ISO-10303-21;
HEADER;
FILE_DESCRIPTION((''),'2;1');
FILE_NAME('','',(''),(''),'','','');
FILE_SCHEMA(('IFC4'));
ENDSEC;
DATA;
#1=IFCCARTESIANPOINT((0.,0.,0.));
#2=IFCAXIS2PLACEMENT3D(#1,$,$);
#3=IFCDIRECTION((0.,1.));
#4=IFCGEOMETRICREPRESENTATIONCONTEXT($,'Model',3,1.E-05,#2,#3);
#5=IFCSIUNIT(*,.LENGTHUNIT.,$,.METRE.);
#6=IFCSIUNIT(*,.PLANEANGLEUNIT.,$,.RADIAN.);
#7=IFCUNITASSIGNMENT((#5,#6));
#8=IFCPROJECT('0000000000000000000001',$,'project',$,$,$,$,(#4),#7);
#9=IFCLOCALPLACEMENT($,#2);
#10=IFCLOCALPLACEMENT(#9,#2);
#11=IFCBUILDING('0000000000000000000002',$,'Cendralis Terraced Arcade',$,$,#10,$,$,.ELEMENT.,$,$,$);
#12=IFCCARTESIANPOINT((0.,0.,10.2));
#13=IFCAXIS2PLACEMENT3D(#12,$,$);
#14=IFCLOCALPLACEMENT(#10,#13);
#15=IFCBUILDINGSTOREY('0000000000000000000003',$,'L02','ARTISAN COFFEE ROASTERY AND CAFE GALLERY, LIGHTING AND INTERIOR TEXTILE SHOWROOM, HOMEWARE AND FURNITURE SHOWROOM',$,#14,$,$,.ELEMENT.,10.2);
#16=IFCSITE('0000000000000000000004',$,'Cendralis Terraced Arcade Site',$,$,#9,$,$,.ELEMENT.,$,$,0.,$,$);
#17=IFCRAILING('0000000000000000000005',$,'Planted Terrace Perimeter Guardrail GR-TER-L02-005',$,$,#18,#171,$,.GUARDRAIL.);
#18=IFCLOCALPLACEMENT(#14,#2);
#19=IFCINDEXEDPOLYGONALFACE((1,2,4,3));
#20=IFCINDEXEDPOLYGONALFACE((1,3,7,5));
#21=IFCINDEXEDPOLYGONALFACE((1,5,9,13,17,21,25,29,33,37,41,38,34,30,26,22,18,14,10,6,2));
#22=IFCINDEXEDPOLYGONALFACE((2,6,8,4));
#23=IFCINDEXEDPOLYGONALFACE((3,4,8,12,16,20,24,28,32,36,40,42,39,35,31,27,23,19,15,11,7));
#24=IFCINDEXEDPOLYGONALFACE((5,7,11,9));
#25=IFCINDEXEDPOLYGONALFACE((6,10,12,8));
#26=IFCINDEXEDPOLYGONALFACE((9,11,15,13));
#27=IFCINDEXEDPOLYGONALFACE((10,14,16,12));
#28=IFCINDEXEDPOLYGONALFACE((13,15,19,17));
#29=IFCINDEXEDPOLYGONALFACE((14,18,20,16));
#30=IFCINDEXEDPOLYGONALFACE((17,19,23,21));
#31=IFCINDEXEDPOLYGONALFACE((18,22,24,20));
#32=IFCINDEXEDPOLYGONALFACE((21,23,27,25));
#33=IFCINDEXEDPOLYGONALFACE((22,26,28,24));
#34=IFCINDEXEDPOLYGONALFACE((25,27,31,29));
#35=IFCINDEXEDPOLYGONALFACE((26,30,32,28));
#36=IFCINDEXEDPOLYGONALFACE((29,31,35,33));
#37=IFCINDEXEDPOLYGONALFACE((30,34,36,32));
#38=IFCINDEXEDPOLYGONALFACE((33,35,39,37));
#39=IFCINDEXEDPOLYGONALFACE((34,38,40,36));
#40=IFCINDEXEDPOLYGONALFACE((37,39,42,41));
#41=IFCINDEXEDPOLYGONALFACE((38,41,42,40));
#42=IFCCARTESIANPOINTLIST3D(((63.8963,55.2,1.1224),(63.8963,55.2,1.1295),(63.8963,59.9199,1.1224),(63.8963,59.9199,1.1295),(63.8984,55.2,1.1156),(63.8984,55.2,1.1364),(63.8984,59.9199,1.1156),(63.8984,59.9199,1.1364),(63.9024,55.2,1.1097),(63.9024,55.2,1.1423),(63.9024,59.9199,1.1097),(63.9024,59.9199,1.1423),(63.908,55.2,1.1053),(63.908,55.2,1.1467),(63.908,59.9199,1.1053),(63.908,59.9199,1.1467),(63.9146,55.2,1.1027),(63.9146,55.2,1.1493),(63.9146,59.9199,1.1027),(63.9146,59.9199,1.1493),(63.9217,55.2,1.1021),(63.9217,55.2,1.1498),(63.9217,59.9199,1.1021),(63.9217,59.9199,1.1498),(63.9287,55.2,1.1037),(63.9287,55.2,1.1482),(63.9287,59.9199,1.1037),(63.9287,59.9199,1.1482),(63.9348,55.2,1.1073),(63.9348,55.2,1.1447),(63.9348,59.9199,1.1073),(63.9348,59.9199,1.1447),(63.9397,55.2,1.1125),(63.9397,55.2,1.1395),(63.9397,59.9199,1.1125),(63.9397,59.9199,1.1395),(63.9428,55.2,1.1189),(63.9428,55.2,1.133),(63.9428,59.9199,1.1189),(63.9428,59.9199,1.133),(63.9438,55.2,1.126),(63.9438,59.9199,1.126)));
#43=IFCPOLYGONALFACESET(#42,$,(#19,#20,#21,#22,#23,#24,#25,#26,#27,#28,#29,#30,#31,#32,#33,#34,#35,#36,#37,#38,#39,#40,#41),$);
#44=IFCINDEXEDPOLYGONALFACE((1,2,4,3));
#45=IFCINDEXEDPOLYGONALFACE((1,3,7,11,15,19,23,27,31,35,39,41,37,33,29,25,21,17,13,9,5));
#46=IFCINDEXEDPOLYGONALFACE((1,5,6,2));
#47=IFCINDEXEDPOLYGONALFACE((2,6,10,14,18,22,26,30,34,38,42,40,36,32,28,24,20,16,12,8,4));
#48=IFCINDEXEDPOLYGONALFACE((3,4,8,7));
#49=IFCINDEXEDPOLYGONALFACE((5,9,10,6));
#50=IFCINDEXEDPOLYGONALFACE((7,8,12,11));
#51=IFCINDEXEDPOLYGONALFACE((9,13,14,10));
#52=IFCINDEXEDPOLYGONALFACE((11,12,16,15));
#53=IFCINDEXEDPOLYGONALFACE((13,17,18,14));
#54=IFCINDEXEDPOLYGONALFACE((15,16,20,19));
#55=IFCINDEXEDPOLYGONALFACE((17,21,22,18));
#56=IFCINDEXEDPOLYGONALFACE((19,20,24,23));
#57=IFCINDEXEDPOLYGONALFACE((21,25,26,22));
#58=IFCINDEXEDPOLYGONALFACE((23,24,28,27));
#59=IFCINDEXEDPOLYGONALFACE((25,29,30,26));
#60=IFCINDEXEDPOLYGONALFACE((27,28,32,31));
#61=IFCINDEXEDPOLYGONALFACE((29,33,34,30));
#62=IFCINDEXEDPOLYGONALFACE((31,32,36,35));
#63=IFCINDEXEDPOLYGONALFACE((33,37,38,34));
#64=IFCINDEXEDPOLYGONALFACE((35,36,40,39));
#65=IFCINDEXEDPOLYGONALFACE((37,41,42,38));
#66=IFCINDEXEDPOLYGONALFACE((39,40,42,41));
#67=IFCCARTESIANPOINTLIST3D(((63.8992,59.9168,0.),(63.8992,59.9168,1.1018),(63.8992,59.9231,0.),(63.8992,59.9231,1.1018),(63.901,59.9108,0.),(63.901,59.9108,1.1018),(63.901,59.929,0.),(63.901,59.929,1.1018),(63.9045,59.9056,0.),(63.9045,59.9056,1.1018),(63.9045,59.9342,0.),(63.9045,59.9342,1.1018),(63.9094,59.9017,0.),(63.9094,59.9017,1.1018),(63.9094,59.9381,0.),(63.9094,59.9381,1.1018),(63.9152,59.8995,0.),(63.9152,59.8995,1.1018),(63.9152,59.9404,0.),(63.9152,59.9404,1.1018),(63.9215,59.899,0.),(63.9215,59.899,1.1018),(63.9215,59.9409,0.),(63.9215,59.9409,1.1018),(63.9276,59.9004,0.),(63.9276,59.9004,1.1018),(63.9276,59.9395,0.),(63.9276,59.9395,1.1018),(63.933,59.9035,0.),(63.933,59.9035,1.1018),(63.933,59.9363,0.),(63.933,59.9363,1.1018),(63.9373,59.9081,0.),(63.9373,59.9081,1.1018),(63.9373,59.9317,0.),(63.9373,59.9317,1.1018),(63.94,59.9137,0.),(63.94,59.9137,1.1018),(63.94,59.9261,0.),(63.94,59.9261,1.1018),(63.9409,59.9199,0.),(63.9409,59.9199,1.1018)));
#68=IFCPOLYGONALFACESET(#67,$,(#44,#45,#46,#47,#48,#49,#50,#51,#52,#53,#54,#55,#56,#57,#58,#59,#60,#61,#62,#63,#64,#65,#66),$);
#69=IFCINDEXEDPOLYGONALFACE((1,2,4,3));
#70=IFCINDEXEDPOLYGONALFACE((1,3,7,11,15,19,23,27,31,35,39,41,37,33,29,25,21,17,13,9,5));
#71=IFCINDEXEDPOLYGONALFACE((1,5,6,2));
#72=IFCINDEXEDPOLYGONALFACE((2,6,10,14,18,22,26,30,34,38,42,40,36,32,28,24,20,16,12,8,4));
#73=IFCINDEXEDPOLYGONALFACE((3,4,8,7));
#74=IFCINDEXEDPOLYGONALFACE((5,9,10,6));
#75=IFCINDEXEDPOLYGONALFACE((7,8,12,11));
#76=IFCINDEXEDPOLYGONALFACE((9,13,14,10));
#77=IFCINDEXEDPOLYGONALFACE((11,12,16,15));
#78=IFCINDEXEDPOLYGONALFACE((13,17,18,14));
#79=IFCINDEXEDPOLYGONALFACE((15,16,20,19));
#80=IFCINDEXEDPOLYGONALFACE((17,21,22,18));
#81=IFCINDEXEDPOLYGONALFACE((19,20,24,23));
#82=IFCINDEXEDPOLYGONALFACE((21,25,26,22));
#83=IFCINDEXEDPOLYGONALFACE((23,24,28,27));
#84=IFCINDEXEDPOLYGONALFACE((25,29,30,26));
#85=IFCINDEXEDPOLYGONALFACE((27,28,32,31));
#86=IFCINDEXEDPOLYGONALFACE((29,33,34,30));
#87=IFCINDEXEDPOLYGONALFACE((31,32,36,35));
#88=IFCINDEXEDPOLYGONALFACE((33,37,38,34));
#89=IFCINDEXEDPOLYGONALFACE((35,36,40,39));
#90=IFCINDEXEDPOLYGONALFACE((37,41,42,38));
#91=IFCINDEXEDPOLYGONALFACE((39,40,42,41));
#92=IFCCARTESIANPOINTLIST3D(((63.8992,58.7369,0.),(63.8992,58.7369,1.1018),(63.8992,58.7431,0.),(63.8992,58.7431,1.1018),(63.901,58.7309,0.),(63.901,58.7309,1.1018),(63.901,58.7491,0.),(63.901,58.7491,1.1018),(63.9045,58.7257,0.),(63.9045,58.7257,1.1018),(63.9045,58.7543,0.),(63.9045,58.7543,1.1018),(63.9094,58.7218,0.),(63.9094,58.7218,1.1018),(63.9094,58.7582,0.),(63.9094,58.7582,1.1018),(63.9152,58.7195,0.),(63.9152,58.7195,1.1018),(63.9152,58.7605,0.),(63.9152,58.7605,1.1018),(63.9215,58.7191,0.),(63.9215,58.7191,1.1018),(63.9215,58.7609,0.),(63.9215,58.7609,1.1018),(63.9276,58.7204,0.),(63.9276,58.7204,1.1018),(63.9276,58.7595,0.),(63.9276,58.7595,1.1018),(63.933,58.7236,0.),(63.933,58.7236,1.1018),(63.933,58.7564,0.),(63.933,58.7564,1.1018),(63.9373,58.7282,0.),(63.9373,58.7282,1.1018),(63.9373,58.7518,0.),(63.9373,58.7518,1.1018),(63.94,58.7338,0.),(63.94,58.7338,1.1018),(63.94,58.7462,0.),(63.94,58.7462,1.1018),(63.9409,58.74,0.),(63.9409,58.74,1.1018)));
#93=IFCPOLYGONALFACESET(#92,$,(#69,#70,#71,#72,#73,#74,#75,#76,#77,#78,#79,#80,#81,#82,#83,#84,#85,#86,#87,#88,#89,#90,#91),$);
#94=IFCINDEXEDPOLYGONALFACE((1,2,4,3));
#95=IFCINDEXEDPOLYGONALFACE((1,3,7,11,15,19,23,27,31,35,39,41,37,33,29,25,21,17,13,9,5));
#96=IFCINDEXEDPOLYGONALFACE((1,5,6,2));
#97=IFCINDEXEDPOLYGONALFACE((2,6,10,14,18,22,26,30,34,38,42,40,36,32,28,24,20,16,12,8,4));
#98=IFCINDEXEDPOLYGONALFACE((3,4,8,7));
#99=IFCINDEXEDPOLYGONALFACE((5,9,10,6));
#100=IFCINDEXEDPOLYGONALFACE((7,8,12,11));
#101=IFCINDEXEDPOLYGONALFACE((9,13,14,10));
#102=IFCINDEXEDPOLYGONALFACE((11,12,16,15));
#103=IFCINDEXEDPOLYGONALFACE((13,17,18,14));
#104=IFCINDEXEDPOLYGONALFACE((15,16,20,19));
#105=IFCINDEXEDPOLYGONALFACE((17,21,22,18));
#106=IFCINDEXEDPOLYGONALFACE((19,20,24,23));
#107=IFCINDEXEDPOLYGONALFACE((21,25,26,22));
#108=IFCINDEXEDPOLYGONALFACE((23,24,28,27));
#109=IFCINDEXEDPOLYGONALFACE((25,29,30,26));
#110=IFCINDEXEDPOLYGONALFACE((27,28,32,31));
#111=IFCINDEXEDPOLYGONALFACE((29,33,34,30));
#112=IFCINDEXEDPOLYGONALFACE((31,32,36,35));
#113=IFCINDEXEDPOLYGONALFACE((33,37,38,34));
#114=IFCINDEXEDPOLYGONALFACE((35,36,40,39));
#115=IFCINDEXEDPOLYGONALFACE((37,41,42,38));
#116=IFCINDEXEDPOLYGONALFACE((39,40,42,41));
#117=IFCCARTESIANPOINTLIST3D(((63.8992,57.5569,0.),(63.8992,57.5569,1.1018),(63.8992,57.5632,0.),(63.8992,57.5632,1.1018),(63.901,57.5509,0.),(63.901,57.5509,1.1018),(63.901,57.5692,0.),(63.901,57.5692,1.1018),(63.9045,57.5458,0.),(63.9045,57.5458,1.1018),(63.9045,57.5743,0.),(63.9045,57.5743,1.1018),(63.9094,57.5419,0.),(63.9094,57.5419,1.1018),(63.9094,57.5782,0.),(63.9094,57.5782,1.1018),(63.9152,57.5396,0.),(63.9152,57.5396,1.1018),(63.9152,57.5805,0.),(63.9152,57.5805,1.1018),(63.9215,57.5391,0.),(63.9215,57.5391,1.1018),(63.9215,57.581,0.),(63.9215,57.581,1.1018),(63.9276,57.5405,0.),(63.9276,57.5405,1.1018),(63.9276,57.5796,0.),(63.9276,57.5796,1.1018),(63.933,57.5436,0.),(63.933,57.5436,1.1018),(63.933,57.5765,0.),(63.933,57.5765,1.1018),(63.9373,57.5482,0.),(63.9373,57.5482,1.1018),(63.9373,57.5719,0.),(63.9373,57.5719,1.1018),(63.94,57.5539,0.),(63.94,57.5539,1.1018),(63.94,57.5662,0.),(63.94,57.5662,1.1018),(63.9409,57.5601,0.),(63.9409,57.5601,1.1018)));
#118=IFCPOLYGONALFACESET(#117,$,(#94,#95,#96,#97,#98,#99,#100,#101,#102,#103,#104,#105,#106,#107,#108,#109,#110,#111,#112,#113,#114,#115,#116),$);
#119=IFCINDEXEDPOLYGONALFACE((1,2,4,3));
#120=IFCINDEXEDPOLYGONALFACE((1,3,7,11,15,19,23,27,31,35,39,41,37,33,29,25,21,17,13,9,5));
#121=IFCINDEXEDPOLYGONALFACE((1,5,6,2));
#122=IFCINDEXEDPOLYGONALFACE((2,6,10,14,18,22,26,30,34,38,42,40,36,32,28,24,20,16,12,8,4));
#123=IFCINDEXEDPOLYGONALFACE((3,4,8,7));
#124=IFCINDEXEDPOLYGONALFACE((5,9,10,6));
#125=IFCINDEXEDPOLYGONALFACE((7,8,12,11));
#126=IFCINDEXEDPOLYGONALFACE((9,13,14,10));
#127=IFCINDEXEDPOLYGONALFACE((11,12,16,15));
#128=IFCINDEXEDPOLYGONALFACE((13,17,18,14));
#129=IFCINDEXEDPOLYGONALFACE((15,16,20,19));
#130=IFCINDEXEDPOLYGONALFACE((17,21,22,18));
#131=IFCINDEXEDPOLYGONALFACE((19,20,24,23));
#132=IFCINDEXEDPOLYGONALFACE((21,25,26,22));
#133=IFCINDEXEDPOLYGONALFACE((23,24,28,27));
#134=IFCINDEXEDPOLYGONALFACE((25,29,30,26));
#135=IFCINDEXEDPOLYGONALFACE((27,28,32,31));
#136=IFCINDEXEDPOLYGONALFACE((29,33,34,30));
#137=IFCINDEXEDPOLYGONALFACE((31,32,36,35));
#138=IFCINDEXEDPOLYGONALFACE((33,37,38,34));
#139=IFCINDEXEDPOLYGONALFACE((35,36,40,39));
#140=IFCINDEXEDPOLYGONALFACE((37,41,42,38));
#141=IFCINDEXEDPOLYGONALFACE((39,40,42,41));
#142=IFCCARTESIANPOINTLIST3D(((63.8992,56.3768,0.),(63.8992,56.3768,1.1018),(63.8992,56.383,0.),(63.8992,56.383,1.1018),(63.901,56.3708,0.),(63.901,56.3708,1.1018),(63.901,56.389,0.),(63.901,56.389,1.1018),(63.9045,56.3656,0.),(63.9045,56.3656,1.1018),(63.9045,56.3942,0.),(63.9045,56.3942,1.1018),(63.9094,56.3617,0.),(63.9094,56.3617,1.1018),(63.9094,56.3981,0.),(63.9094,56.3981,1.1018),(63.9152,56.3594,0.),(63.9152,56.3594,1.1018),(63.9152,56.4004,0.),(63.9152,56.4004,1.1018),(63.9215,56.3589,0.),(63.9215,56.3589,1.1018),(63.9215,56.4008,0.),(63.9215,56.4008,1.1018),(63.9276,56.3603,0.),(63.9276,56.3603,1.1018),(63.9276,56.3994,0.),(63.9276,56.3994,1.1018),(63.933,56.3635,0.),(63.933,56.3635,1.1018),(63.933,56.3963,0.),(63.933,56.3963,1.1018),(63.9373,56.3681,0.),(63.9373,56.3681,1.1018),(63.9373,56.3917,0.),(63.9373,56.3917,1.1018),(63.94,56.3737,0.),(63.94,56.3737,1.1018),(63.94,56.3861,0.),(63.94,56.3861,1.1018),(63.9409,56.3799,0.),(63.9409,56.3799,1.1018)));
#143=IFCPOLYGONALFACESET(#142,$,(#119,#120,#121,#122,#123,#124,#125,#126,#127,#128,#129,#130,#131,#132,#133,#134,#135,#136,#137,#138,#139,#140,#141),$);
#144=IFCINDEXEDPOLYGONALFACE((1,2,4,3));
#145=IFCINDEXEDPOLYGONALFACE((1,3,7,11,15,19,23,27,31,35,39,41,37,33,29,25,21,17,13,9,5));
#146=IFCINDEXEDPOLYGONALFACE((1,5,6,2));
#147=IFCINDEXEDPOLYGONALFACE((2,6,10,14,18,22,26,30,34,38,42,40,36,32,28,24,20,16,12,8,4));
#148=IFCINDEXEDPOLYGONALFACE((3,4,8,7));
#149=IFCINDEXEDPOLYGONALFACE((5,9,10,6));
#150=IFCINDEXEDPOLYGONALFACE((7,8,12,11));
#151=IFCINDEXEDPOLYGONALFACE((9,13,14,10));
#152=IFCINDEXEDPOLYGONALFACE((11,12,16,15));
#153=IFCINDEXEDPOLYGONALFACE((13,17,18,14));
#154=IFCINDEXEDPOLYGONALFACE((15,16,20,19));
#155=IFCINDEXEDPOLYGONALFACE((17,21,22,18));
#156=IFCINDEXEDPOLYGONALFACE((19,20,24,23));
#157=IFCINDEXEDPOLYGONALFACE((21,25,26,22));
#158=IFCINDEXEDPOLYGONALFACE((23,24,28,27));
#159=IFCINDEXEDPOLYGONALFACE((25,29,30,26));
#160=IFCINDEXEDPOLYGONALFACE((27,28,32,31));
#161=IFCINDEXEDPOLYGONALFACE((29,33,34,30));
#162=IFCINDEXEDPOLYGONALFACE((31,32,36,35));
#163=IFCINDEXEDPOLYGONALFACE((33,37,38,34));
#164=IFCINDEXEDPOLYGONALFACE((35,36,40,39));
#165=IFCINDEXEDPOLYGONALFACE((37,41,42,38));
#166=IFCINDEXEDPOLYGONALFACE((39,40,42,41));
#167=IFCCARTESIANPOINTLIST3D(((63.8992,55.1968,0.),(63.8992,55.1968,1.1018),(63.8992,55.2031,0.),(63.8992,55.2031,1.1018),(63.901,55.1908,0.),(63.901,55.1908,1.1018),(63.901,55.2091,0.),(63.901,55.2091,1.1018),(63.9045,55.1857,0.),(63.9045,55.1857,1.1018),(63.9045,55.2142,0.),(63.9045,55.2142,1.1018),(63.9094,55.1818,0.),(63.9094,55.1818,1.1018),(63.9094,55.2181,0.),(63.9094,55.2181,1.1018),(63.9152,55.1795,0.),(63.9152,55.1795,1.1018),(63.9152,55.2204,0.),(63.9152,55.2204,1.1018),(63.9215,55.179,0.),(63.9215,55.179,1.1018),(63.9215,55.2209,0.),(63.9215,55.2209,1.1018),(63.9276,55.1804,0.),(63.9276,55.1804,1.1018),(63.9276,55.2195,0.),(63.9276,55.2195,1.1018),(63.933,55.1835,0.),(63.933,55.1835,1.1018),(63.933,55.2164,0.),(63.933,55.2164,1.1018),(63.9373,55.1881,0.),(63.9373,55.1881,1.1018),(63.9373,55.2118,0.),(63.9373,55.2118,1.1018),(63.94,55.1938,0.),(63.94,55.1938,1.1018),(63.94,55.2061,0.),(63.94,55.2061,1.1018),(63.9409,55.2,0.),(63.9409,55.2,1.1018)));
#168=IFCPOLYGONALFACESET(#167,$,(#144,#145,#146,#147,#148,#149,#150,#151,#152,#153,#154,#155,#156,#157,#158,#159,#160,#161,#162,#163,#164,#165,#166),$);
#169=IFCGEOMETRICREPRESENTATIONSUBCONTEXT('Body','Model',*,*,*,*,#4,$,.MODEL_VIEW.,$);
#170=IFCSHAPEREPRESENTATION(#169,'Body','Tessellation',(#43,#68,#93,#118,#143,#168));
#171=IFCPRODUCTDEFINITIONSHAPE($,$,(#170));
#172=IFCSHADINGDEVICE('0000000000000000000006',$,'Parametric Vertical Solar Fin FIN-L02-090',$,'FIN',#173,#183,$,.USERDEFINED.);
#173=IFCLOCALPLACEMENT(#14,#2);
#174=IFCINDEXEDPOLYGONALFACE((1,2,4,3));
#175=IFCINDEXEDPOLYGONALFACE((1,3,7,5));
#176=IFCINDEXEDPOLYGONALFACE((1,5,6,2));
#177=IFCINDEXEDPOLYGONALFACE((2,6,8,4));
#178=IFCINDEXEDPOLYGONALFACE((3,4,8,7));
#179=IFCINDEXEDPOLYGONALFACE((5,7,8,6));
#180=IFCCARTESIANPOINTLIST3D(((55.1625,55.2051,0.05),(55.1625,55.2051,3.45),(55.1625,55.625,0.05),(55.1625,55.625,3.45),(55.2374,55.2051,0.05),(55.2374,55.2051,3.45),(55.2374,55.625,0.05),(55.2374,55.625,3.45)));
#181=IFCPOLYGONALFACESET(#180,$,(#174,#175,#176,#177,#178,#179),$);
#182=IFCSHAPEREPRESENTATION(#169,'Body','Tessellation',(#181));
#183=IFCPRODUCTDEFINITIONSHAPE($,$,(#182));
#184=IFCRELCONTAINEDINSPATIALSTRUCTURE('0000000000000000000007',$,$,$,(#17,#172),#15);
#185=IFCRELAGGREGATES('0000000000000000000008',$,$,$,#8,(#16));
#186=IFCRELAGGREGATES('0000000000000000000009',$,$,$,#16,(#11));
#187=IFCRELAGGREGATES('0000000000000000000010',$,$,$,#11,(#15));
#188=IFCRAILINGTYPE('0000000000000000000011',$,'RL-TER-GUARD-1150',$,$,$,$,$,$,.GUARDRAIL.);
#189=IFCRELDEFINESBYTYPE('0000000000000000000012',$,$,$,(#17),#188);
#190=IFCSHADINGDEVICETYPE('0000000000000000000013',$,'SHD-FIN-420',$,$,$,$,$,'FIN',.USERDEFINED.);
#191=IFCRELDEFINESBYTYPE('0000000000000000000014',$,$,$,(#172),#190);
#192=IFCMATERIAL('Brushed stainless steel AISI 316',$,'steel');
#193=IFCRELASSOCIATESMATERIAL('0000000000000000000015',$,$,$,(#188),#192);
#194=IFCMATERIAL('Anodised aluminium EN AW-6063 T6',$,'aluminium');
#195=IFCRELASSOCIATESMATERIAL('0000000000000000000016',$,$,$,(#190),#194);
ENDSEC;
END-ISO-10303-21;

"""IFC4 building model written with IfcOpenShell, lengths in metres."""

from ifc_helpers import new_model, si_unit, direction, frame, origin, origin_2d, place, context, subcontext, project, spatial, rectangle, circle, extrude, material, type_object, element, save


model = new_model("IFC4")

# Units and contexts
model_context = context("Model", 3, precision=1e-05, world=origin(), true_north=direction((0.0, 1.0)))
body_context = subcontext(model_context, "Body", "Model", "MODEL_VIEW")
ifc_project = project(units=[si_unit("LENGTHUNIT", "METRE"), si_unit("PLANEANGLEUNIT", "RADIAN")], contexts=[model_context])

# Site, building, storey
site_placement = place(None, origin())
site = spatial("IfcSite", under=ifc_project, at=site_placement, Name="Cendralis Terraced Arcade Site", CompositionType="ELEMENT", RefElevation=0.0)
building_placement = place(site_placement, origin())
building = spatial("IfcBuilding", under=site, at=building_placement, Name="Cendralis Terraced Arcade", CompositionType="ELEMENT")
storey_placement = place(building_placement, frame((0.0, 0.0, 10.2)))
storey = spatial("IfcBuildingStorey", under=building, at=storey_placement, Name="L02", Description="ARTISAN COFFEE ROASTERY AND CAFE GALLERY, LIGHTING AND INTERIOR TEXTILE SHOWROOM, HOMEWARE AND FURNITURE SHOWROOM", CompositionType="ELEMENT", Elevation=10.2)

# Shared definitions
ifc_material_1 = material(Name="Anodised aluminium EN AW-6063 T6", Category="aluminium")

# Railing
ifc_material_2 = material(Name="Brushed stainless steel AISI 316", Category="steel")
railing_type = type_object("IfcRailingType", Name="RL-TER-GUARD-1150", PredefinedType="GUARDRAIL", material=ifc_material_2)
railing_placement = place(storey_placement, frame((63.9199, 59.9199, 0.0)))
element("IfcRailing", 1, at=railing_placement, inside=storey, type_object=railing_type, Name="Planted Terrace Perimeter Guardrail GR-TER-L02-005", PredefinedType="GUARDRAIL", context=body_context, shape_type="SweptSolid", body=[
    extrude(circle(Radius=0.0239, at=origin_2d()), frame((0.0, 0.0, 1.126), z_axis=(0.0, -1.0, 0.0), x_axis=(1.0, 0.0, 0.0)), (0.0, 0.0, 1.0), 4.72),
    extrude(circle(Radius=0.021, at=origin_2d()), origin(), (0.0, 0.0, 1.0), 1.1018),
    extrude(circle(Radius=0.021, at=origin_2d()), frame((0.0, -1.1799, 0.0)), (0.0, 0.0, 1.0), 1.1018),
    extrude(circle(Radius=0.021, at=origin_2d()), frame((0.0, -2.3599, 0.0)), (0.0, 0.0, 1.0), 1.1018),
    extrude(circle(Radius=0.021, at=origin_2d()), frame((0.0, -3.54, 0.0)), (0.0, 0.0, 1.0), 1.1018),
    extrude(circle(Radius=0.021, at=origin_2d()), frame((0.0, -4.72, 0.0)), (0.0, 0.0, 1.0), 1.1018),
])

# Shading device
shading_device_type = type_object("IfcShadingDeviceType", Name="SHD-FIN-420", ElementType="FIN", PredefinedType="USERDEFINED", material=ifc_material_1)
shading_device_placement = place(storey_placement, frame((55.2, 55.415, 0.05), z_axis=(0.0, 0.0, 1.0), x_axis=(1.0, 0.0, 0.0)))
element("IfcShadingDevice", 2, at=shading_device_placement, inside=storey, type_object=shading_device_type, Name="Parametric Vertical Solar Fin FIN-L02-090", ObjectType="FIN", PredefinedType="USERDEFINED", context=body_context, shape_type="SweptSolid", body=[
    extrude(rectangle(XDim=0.075, YDim=0.4199, at=origin_2d()), origin(), (0.0, 0.0, 1.0), 3.3999),
])

save(model, "model.ifc")
